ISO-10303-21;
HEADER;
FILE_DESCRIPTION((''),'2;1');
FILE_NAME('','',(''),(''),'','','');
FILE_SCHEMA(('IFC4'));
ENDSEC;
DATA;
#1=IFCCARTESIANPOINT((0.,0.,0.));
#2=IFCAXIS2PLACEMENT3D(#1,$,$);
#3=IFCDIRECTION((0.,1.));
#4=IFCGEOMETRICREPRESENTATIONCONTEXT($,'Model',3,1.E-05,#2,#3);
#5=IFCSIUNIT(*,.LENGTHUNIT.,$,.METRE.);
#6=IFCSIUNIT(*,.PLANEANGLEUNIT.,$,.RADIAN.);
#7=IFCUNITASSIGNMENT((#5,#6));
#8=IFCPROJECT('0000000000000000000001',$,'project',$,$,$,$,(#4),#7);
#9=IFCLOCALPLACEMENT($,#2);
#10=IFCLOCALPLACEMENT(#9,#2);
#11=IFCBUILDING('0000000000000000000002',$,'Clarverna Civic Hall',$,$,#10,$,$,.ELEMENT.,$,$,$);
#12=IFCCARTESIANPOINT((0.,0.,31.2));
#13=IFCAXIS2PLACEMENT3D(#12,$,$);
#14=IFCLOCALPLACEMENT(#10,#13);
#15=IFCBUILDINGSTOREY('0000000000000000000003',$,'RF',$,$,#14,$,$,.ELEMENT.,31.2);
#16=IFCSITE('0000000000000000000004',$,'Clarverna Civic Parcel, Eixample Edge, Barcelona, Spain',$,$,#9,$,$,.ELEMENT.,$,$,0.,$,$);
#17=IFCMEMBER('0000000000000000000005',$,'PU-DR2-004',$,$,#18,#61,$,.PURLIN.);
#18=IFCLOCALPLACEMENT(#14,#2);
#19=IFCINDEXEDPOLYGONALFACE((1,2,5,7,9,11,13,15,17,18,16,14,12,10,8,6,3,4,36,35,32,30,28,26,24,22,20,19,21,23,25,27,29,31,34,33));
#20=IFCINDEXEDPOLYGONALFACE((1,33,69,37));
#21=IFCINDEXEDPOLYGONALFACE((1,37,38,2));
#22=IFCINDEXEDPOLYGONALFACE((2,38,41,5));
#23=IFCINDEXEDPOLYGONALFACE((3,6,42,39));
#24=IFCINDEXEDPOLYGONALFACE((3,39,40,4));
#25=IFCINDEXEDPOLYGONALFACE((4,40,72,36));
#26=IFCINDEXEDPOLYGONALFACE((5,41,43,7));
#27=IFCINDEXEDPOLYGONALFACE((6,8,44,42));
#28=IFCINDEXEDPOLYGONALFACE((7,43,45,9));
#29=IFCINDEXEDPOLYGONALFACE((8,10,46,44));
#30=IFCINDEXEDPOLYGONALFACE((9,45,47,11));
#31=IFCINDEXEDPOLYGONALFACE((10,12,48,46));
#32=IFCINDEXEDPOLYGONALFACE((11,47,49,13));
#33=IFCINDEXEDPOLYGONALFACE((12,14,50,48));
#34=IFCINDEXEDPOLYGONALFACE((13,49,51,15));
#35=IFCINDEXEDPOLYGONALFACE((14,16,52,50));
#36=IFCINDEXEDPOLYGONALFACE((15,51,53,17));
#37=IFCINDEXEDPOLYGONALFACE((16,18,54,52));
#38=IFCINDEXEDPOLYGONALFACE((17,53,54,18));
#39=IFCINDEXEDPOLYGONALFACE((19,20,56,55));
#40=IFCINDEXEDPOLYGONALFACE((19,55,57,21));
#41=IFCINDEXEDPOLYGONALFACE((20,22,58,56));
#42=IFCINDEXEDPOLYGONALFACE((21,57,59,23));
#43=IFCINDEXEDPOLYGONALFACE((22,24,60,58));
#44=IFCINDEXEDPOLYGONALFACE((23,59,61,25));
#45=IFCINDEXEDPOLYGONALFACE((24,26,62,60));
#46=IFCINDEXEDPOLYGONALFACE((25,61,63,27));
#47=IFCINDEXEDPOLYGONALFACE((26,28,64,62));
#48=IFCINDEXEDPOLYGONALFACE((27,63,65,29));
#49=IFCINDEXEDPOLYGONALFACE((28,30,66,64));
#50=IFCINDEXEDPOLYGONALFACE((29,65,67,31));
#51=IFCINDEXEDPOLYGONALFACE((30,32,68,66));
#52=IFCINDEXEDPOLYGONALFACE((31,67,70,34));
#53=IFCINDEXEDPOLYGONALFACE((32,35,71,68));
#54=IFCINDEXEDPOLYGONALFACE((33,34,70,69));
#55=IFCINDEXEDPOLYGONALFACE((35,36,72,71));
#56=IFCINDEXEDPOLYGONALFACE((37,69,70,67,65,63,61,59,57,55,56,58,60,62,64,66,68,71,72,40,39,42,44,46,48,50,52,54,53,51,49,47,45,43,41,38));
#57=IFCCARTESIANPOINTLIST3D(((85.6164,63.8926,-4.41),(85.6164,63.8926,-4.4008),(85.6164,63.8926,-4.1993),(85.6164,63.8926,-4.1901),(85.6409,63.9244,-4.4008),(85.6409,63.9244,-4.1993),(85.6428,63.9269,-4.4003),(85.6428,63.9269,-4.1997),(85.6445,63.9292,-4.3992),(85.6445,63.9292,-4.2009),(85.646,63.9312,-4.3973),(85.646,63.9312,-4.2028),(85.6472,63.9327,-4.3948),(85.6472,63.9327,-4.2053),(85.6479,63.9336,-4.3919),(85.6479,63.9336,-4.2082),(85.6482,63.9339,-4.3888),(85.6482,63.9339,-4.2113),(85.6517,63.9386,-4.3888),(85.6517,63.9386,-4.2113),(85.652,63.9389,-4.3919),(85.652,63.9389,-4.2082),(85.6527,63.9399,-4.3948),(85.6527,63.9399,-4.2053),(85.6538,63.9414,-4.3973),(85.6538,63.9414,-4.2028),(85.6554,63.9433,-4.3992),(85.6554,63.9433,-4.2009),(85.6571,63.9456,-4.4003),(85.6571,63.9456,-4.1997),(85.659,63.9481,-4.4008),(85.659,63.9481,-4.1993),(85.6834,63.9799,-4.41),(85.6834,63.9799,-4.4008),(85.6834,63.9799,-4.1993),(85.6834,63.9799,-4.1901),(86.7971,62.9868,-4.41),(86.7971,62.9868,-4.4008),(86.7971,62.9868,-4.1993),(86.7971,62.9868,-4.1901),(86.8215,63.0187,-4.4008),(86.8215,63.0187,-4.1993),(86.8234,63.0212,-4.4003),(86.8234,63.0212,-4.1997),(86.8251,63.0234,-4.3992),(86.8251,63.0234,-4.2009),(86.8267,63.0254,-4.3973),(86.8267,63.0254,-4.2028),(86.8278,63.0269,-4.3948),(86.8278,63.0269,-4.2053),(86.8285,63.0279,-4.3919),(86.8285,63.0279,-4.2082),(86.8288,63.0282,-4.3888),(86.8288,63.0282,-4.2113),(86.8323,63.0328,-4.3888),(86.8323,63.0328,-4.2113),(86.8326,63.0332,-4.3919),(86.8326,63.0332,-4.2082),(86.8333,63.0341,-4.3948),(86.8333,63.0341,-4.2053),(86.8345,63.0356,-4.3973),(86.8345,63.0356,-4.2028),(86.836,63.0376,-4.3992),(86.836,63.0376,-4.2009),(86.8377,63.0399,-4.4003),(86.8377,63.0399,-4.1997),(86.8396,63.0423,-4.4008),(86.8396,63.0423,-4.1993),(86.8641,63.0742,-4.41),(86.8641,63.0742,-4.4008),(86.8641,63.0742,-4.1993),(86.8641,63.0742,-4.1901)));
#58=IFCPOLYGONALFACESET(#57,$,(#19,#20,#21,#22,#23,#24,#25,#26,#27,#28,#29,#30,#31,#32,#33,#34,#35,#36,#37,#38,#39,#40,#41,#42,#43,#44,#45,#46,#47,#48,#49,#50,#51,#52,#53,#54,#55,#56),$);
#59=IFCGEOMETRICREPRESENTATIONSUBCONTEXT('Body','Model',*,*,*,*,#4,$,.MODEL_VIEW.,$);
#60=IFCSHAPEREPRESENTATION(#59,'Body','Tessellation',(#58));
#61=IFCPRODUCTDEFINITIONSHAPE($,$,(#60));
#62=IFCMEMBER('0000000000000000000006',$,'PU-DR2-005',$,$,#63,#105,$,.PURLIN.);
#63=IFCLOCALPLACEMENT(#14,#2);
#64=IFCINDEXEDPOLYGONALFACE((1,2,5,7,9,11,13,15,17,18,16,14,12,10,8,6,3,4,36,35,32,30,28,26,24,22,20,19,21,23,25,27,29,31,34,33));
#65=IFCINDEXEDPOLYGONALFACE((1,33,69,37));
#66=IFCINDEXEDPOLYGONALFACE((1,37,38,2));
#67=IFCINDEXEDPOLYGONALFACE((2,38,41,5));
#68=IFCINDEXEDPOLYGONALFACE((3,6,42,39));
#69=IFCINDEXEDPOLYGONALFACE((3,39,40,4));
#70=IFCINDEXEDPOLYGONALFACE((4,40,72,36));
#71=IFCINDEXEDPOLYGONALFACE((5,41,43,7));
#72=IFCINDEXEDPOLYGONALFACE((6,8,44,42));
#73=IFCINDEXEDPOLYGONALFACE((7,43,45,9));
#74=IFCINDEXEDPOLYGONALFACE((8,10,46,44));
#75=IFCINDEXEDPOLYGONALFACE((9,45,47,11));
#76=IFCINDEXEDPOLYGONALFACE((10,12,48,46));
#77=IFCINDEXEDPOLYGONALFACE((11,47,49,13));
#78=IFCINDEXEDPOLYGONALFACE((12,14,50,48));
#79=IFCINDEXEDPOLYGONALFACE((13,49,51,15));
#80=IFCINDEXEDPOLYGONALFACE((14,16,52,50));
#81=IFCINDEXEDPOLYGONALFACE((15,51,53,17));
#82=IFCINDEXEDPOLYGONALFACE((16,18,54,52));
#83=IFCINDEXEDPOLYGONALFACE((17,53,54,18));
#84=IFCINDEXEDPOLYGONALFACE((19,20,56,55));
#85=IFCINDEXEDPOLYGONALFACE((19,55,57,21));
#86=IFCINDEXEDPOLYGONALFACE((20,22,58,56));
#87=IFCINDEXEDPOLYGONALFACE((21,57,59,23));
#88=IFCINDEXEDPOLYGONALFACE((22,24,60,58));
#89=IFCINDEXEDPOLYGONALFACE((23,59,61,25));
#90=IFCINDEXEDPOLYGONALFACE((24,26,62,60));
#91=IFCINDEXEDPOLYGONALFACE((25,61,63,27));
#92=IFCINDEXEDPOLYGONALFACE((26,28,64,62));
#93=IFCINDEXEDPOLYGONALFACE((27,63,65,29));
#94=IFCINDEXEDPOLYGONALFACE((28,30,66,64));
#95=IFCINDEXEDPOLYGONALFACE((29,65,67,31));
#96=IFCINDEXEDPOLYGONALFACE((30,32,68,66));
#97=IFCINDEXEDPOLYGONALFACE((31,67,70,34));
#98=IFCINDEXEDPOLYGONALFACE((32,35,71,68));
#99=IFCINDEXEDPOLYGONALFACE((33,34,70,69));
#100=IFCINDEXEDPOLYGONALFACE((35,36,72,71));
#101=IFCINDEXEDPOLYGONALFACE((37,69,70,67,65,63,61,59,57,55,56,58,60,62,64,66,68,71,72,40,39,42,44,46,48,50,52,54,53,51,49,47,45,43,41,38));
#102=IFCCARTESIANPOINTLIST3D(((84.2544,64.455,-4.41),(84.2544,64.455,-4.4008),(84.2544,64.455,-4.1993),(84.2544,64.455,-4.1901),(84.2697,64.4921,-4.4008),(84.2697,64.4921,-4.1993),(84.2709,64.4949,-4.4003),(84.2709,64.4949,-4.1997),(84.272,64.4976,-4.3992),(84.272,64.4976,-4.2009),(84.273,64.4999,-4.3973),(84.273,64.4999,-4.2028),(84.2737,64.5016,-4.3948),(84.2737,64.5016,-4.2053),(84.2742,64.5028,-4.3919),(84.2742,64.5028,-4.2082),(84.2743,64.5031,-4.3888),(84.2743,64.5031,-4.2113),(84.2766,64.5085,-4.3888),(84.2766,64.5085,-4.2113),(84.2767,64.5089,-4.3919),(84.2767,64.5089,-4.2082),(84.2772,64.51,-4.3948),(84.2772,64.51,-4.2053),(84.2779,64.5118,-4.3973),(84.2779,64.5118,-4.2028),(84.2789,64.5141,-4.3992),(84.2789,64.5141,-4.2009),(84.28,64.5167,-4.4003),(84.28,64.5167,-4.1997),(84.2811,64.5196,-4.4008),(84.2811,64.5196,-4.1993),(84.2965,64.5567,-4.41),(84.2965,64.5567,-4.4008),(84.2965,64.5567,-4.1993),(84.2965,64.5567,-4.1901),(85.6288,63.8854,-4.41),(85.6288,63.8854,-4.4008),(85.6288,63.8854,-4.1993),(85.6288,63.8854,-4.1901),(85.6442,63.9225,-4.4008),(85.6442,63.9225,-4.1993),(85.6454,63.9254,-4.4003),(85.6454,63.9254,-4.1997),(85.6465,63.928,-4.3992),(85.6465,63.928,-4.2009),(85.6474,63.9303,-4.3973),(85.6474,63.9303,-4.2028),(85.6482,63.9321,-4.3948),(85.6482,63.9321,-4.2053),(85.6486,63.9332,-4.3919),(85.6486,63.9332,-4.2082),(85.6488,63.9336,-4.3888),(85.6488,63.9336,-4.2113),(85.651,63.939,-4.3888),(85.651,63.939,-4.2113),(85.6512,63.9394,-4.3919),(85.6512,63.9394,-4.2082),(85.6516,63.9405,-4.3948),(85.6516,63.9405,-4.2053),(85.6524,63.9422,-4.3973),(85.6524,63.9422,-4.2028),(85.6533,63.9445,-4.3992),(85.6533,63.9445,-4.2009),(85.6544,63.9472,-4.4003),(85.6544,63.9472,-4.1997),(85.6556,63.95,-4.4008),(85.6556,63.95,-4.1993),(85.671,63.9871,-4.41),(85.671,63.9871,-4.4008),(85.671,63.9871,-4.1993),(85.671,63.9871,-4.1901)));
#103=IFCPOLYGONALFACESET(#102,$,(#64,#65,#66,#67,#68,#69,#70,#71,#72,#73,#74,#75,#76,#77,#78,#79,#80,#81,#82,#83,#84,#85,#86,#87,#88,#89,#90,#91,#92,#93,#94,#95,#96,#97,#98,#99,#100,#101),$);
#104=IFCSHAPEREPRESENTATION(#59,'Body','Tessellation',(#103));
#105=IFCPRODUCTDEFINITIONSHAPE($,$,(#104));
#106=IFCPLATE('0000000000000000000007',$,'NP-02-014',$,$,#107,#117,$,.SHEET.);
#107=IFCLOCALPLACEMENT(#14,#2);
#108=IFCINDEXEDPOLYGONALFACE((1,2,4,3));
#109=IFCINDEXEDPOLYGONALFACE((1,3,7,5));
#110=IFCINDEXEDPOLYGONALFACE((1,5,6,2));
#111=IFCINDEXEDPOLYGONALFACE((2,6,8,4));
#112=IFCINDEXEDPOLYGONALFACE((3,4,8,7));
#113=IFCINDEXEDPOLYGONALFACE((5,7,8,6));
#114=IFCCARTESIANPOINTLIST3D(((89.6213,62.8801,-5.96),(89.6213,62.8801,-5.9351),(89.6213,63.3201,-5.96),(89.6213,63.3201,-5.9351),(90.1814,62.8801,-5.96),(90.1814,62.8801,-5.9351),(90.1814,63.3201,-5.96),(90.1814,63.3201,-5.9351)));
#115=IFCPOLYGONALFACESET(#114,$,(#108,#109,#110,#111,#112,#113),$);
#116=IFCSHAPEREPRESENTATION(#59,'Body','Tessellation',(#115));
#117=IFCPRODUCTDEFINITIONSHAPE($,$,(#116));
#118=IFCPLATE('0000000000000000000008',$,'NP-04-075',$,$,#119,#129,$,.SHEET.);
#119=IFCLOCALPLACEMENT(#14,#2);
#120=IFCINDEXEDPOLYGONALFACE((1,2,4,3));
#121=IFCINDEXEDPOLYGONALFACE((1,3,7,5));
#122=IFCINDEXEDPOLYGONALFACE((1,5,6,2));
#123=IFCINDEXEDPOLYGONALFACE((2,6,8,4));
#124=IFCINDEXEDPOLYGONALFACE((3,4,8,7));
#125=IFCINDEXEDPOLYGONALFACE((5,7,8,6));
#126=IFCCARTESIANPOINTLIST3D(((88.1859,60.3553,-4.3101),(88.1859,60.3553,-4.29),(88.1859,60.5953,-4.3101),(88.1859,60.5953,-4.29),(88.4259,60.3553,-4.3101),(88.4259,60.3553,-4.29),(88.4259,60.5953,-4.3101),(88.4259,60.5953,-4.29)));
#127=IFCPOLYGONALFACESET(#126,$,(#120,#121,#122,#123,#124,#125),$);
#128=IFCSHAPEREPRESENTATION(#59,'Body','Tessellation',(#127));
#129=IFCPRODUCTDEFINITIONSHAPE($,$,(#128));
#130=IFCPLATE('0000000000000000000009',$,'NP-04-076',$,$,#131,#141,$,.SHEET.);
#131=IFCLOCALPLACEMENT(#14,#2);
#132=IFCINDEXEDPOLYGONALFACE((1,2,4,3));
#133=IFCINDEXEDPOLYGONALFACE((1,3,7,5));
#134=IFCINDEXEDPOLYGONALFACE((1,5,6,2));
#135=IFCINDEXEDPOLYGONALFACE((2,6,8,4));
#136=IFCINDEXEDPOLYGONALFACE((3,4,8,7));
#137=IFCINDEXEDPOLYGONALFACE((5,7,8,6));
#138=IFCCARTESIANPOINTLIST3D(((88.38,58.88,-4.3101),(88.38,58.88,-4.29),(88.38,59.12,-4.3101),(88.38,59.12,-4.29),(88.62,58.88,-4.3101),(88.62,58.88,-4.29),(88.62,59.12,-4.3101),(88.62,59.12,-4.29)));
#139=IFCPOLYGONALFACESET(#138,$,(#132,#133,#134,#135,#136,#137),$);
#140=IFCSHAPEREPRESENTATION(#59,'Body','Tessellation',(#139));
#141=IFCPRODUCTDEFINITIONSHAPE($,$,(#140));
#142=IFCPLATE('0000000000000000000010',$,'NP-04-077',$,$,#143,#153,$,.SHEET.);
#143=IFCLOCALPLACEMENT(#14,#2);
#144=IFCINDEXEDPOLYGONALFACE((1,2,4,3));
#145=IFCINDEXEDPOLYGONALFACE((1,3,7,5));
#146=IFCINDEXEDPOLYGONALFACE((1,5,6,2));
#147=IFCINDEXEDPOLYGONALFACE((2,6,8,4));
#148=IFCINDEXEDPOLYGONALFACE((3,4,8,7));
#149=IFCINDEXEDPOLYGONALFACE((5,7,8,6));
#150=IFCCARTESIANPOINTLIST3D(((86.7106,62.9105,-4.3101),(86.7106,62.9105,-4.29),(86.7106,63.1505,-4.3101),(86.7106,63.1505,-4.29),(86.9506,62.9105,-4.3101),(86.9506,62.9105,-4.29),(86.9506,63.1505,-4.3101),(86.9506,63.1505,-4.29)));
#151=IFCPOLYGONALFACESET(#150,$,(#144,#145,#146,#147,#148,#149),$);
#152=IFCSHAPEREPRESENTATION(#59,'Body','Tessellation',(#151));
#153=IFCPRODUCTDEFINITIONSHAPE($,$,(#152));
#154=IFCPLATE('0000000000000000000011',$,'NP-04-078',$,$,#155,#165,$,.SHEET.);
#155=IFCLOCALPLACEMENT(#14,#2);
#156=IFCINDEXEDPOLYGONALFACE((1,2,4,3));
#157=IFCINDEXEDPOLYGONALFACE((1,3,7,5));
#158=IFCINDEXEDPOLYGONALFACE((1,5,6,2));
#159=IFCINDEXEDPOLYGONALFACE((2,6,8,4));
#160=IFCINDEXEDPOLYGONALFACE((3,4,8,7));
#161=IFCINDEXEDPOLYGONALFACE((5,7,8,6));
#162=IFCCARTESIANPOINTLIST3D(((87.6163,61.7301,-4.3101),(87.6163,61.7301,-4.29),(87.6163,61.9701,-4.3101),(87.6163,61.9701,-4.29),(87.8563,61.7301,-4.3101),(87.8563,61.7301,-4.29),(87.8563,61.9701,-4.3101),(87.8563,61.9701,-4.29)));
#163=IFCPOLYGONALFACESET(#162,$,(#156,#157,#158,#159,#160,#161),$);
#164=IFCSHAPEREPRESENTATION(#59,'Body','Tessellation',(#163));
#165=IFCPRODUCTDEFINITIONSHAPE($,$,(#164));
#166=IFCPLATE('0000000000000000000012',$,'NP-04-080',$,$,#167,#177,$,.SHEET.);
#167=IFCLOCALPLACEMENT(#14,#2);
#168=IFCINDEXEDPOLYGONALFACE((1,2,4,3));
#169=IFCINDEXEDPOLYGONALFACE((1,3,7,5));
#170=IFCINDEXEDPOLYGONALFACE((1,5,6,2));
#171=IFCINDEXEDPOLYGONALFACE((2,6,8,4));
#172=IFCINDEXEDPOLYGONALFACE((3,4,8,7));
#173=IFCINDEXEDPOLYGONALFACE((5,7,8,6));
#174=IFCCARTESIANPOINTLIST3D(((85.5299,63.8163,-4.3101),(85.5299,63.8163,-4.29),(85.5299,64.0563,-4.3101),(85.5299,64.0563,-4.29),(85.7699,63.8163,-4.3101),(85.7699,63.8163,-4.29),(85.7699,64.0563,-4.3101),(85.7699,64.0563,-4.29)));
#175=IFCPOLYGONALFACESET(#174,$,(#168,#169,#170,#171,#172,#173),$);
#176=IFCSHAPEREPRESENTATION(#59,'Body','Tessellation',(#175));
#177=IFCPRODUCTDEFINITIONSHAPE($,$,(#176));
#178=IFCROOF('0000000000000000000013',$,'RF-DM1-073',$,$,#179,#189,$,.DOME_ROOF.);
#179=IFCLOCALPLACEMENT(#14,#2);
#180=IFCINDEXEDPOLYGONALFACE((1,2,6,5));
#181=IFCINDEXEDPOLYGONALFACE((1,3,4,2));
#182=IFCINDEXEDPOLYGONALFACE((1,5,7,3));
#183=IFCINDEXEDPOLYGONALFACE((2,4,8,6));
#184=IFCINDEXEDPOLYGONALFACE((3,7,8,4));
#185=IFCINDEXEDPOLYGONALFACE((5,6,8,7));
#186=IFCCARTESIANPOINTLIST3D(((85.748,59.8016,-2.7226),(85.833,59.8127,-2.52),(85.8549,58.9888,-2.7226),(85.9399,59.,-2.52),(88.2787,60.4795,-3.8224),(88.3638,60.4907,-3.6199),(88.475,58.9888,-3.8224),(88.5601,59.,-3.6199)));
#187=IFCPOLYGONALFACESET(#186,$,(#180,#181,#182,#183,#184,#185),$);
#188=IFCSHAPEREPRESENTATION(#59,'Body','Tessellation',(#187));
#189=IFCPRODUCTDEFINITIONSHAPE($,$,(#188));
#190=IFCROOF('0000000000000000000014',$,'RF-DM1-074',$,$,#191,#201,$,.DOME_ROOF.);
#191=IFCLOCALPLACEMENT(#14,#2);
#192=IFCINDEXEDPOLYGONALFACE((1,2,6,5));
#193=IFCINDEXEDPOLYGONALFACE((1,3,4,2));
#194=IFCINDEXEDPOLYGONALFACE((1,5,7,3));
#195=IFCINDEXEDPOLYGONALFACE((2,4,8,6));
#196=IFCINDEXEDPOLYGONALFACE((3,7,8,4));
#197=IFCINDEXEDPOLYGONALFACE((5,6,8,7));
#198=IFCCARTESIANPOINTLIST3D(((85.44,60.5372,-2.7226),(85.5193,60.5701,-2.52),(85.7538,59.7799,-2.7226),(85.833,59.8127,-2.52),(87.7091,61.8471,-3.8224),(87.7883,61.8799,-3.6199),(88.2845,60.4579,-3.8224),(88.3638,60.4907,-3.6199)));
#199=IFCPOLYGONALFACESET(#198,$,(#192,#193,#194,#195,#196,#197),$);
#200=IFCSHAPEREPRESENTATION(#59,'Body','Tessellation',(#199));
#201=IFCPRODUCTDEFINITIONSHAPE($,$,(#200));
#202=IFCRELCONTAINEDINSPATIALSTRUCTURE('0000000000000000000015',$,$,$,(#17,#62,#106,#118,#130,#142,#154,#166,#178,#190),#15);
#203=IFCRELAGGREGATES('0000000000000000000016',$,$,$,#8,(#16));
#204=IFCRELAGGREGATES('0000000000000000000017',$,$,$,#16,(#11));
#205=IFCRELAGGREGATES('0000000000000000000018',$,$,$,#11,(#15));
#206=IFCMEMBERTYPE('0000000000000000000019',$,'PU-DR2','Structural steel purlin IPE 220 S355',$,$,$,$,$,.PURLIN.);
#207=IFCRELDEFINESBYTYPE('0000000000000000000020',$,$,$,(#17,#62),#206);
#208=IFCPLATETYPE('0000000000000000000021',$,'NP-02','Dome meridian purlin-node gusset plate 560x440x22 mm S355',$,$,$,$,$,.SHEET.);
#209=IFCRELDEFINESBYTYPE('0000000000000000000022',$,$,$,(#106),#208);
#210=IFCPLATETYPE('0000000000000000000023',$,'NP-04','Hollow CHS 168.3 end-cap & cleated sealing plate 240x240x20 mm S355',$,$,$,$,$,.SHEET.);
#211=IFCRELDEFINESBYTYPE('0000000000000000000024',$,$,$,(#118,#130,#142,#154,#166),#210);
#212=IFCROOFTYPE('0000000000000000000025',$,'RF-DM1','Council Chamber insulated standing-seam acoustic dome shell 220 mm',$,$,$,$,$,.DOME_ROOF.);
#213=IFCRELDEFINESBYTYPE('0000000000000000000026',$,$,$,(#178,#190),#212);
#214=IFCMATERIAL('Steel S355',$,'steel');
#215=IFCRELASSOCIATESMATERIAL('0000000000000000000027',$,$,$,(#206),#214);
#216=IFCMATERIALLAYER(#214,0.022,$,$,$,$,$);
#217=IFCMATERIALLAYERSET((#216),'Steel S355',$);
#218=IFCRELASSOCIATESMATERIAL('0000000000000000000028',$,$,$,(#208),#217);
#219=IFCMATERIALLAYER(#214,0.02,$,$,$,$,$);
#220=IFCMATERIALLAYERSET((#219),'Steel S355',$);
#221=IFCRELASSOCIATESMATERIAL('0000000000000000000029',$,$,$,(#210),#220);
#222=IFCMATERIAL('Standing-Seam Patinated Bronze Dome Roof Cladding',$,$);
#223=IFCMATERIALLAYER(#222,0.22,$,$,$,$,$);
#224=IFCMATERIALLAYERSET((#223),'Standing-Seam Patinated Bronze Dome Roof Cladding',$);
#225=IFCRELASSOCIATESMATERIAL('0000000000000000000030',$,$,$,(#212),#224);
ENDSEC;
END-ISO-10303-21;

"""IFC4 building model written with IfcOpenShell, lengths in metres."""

from ifc_helpers import new_model, si_unit, direction, frame, origin, origin_2d, place, context, subcontext, project, spatial, polyline, rectangle, i_section, outline, extrude, material, layer, layer_set, material_profile, profile_set, type_object, element, save


model = new_model("IFC4")

# Units and contexts
model_context = context("Model", 3, precision=1e-05, world=origin(), true_north=direction((0.0, 1.0)))
body_context = subcontext(model_context, "Body", "Model", "MODEL_VIEW")
ifc_project = project(units=[si_unit("LENGTHUNIT", "METRE"), si_unit("PLANEANGLEUNIT", "RADIAN")], contexts=[model_context])

# Site, building, storey
site_placement = place(None, origin())
site = spatial("IfcSite", under=ifc_project, at=site_placement, Name="Clarverna Civic Parcel, Eixample Edge, Barcelona, Spain", CompositionType="ELEMENT", RefElevation=0.0)
building_placement = place(site_placement, origin())
building = spatial("IfcBuilding", under=site, at=building_placement, Name="Clarverna Civic Hall", CompositionType="ELEMENT")
storey_placement = place(building_placement, frame((0.0, 0.0, 31.2)))
storey = spatial("IfcBuildingStorey", under=building, at=storey_placement, Name="RF", CompositionType="ELEMENT", Elevation=31.2)

# Members
ifc_material_1 = material(Name="Steel S355", Category="steel")
ifc_material_profile_1 = material_profile(ifc_material_1, i_section(OverallWidth=0.1101, OverallDepth=0.22, WebThickness=0.0059, FlangeThickness=0.0093, FilletRadius=0.012, at=origin_2d()), Name="IPE 220")
ifc_profile_set_1 = profile_set([ifc_material_profile_1], Name="Steel S355")
member_type_1 = type_object("IfcMemberType", Name="PU-DR2", Description="Structural steel purlin IPE 220 S355", PredefinedType="PURLIN", material=ifc_profile_set_1)
member_1_placement = place(storey_placement, frame((86.8306, 63.0305, -4.3), z_axis=(-0.793416, 0.60868, 0.0), x_axis=(-0.60868, -0.793416, 0.0)))
element("IfcMember", 1, at=member_1_placement, inside=storey, type_object=member_type_1, Name="PU-DR2-004", PredefinedType="PURLIN", context=body_context, shape_type="SweptSolid", body=[
    extrude(i_section(OverallWidth=0.1101, OverallDepth=0.22, WebThickness=0.0059, FlangeThickness=0.0093, FilletRadius=0.012, at=origin_2d()), origin(), (0.0, 0.0, 1.0), 1.488),
])
member_2_placement = place(storey_placement, frame((85.6499, 63.9363, -4.3), z_axis=(-0.923823, 0.38282, 0.0), x_axis=(-0.38282, -0.923823, 0.0)))
element("IfcMember", 2, at=member_2_placement, inside=storey, type_object=member_type_1, Name="PU-DR2-005", PredefinedType="PURLIN", context=body_context, shape_type="SweptSolid", body=[
    extrude(i_section(OverallWidth=0.1101, OverallDepth=0.22, WebThickness=0.0059, FlangeThickness=0.0093, FilletRadius=0.012, at=origin_2d()), origin(), (0.0, 0.0, 1.0), 1.4878),
])

# Plates
ifc_layer_1 = layer(ifc_material_1, 0.022)
ifc_layer_set_1 = layer_set([ifc_layer_1], Name="Steel S355")
plate_type_1 = type_object("IfcPlateType", Name="NP-02", Description="Dome meridian purlin-node gusset plate 560x440x22 mm S355", PredefinedType="SHEET", material=ifc_layer_set_1)
plate_placement = place(storey_placement, frame((89.9014, 63.1001, -5.96), z_axis=(0.0, 0.0, 1.0), x_axis=(1.0, 0.0, 0.0)))
element("IfcPlate", 3, at=plate_placement, inside=storey, type_object=plate_type_1, Name="NP-02-014", PredefinedType="SHEET", context=body_context, shape_type="SweptSolid", body=[
    extrude(rectangle(XDim=0.5601, YDim=0.4399, at=origin_2d()), origin(), (0.0, 0.0, 1.0), 0.0249),
])
ifc_layer_2 = layer(ifc_material_1, 0.02)
ifc_layer_set_2 = layer_set([ifc_layer_2], Name="Steel S355")
plate_type_2 = type_object("IfcPlateType", Name="NP-04", Description="Hollow CHS 168.3 end-cap & cleated sealing plate 240x240x20 mm S355", PredefinedType="SHEET", material=ifc_layer_set_2)
for number, where, z_axis, x_axis, name in (
    (4, (88.3059, 60.4753, -4.3101), (0.0, 0.0, 1.0), (1.0, 0.0, 0.0), "NP-04-075"),
    (5, (88.5, 59.0, -4.3101), (0.0, 0.0, 1.0), (1.0, 0.0, 0.0), "NP-04-076"),
    (6, (86.8306, 63.0305, -4.3101), (0.0, 0.0, 1.0), (1.0, 0.0, 0.0), "NP-04-077"),
    (7, (87.7363, 61.8501, -4.3101), (0.0, 0.0, 1.0), (1.0, 0.0, 0.0), "NP-04-078"),
    (8, (85.6499, 63.9363, -4.3101), (0.0, 0.0, 1.0), (1.0, 0.0, 0.0), "NP-04-080"),
):
    element("IfcPlate", number, at=place(storey_placement, frame(where, z_axis=z_axis, x_axis=x_axis)), inside=storey, type_object=plate_type_2, Name=name, PredefinedType="SHEET", context=body_context, shape_type="SweptSolid", body=[
        extrude(rectangle(XDim=0.24, YDim=0.24, at=origin_2d()), origin(), (0.0, 0.0, 1.0), 0.02),
    ])

# Roofs
ifc_material_2 = material(Name="Standing-Seam Patinated Bronze Dome Roof Cladding")
ifc_layer_3 = layer(ifc_material_2, 0.22)
ifc_layer_set_3 = layer_set([ifc_layer_3], Name="Standing-Seam Patinated Bronze Dome Roof Cladding")
roof_type = type_object("IfcRoofType", Name="RF-DM1", Description="Council Chamber insulated standing-seam acoustic dome shell 220 mm", PredefinedType="DOME_ROOF", material=ifc_layer_set_3)
roof_1_placement = place(storey_placement, frame((88.5601, 59.0, -3.6199), z_axis=(0.38656, 0.050886, 0.92086), x_axis=(-0.130542, 0.991443, 0.000013)))
element("IfcRoof", 9, at=roof_1_placement, inside=storey, type_object=roof_type, Name="RF-DM1-073", PredefinedType="DOME_ROOF", context=body_context, shape_type="SweptSolid", body=[
    extrude(outline(polyline([(0.0, 0.0), (1.5036, 0.0), (1.1618, 2.8209), (0.342, 2.8209), (0.0, 0.0)])), origin(), (0.0, 0.0, -1.0), 0.22),
])
roof_2_placement = place(storey_placement, frame((88.3638, 60.4907, -3.6199), z_axis=(0.360222, 0.149218, 0.920855), x_axis=(-0.382701, 0.923872, -0.000001)))
element("IfcRoof", 10, at=roof_2_placement, inside=storey, type_object=roof_type, Name="RF-DM1-074", PredefinedType="DOME_ROOF", context=body_context, shape_type="SweptSolid", body=[
    extrude(outline(polyline([(0.0, 0.0), (1.5036, 0.0), (1.1619, 2.8208), (0.3422, 2.8208), (0.0, 0.0)])), origin(), (0.0, 0.0, -1.0), 0.22),
])

save(model, "model.ifc")
